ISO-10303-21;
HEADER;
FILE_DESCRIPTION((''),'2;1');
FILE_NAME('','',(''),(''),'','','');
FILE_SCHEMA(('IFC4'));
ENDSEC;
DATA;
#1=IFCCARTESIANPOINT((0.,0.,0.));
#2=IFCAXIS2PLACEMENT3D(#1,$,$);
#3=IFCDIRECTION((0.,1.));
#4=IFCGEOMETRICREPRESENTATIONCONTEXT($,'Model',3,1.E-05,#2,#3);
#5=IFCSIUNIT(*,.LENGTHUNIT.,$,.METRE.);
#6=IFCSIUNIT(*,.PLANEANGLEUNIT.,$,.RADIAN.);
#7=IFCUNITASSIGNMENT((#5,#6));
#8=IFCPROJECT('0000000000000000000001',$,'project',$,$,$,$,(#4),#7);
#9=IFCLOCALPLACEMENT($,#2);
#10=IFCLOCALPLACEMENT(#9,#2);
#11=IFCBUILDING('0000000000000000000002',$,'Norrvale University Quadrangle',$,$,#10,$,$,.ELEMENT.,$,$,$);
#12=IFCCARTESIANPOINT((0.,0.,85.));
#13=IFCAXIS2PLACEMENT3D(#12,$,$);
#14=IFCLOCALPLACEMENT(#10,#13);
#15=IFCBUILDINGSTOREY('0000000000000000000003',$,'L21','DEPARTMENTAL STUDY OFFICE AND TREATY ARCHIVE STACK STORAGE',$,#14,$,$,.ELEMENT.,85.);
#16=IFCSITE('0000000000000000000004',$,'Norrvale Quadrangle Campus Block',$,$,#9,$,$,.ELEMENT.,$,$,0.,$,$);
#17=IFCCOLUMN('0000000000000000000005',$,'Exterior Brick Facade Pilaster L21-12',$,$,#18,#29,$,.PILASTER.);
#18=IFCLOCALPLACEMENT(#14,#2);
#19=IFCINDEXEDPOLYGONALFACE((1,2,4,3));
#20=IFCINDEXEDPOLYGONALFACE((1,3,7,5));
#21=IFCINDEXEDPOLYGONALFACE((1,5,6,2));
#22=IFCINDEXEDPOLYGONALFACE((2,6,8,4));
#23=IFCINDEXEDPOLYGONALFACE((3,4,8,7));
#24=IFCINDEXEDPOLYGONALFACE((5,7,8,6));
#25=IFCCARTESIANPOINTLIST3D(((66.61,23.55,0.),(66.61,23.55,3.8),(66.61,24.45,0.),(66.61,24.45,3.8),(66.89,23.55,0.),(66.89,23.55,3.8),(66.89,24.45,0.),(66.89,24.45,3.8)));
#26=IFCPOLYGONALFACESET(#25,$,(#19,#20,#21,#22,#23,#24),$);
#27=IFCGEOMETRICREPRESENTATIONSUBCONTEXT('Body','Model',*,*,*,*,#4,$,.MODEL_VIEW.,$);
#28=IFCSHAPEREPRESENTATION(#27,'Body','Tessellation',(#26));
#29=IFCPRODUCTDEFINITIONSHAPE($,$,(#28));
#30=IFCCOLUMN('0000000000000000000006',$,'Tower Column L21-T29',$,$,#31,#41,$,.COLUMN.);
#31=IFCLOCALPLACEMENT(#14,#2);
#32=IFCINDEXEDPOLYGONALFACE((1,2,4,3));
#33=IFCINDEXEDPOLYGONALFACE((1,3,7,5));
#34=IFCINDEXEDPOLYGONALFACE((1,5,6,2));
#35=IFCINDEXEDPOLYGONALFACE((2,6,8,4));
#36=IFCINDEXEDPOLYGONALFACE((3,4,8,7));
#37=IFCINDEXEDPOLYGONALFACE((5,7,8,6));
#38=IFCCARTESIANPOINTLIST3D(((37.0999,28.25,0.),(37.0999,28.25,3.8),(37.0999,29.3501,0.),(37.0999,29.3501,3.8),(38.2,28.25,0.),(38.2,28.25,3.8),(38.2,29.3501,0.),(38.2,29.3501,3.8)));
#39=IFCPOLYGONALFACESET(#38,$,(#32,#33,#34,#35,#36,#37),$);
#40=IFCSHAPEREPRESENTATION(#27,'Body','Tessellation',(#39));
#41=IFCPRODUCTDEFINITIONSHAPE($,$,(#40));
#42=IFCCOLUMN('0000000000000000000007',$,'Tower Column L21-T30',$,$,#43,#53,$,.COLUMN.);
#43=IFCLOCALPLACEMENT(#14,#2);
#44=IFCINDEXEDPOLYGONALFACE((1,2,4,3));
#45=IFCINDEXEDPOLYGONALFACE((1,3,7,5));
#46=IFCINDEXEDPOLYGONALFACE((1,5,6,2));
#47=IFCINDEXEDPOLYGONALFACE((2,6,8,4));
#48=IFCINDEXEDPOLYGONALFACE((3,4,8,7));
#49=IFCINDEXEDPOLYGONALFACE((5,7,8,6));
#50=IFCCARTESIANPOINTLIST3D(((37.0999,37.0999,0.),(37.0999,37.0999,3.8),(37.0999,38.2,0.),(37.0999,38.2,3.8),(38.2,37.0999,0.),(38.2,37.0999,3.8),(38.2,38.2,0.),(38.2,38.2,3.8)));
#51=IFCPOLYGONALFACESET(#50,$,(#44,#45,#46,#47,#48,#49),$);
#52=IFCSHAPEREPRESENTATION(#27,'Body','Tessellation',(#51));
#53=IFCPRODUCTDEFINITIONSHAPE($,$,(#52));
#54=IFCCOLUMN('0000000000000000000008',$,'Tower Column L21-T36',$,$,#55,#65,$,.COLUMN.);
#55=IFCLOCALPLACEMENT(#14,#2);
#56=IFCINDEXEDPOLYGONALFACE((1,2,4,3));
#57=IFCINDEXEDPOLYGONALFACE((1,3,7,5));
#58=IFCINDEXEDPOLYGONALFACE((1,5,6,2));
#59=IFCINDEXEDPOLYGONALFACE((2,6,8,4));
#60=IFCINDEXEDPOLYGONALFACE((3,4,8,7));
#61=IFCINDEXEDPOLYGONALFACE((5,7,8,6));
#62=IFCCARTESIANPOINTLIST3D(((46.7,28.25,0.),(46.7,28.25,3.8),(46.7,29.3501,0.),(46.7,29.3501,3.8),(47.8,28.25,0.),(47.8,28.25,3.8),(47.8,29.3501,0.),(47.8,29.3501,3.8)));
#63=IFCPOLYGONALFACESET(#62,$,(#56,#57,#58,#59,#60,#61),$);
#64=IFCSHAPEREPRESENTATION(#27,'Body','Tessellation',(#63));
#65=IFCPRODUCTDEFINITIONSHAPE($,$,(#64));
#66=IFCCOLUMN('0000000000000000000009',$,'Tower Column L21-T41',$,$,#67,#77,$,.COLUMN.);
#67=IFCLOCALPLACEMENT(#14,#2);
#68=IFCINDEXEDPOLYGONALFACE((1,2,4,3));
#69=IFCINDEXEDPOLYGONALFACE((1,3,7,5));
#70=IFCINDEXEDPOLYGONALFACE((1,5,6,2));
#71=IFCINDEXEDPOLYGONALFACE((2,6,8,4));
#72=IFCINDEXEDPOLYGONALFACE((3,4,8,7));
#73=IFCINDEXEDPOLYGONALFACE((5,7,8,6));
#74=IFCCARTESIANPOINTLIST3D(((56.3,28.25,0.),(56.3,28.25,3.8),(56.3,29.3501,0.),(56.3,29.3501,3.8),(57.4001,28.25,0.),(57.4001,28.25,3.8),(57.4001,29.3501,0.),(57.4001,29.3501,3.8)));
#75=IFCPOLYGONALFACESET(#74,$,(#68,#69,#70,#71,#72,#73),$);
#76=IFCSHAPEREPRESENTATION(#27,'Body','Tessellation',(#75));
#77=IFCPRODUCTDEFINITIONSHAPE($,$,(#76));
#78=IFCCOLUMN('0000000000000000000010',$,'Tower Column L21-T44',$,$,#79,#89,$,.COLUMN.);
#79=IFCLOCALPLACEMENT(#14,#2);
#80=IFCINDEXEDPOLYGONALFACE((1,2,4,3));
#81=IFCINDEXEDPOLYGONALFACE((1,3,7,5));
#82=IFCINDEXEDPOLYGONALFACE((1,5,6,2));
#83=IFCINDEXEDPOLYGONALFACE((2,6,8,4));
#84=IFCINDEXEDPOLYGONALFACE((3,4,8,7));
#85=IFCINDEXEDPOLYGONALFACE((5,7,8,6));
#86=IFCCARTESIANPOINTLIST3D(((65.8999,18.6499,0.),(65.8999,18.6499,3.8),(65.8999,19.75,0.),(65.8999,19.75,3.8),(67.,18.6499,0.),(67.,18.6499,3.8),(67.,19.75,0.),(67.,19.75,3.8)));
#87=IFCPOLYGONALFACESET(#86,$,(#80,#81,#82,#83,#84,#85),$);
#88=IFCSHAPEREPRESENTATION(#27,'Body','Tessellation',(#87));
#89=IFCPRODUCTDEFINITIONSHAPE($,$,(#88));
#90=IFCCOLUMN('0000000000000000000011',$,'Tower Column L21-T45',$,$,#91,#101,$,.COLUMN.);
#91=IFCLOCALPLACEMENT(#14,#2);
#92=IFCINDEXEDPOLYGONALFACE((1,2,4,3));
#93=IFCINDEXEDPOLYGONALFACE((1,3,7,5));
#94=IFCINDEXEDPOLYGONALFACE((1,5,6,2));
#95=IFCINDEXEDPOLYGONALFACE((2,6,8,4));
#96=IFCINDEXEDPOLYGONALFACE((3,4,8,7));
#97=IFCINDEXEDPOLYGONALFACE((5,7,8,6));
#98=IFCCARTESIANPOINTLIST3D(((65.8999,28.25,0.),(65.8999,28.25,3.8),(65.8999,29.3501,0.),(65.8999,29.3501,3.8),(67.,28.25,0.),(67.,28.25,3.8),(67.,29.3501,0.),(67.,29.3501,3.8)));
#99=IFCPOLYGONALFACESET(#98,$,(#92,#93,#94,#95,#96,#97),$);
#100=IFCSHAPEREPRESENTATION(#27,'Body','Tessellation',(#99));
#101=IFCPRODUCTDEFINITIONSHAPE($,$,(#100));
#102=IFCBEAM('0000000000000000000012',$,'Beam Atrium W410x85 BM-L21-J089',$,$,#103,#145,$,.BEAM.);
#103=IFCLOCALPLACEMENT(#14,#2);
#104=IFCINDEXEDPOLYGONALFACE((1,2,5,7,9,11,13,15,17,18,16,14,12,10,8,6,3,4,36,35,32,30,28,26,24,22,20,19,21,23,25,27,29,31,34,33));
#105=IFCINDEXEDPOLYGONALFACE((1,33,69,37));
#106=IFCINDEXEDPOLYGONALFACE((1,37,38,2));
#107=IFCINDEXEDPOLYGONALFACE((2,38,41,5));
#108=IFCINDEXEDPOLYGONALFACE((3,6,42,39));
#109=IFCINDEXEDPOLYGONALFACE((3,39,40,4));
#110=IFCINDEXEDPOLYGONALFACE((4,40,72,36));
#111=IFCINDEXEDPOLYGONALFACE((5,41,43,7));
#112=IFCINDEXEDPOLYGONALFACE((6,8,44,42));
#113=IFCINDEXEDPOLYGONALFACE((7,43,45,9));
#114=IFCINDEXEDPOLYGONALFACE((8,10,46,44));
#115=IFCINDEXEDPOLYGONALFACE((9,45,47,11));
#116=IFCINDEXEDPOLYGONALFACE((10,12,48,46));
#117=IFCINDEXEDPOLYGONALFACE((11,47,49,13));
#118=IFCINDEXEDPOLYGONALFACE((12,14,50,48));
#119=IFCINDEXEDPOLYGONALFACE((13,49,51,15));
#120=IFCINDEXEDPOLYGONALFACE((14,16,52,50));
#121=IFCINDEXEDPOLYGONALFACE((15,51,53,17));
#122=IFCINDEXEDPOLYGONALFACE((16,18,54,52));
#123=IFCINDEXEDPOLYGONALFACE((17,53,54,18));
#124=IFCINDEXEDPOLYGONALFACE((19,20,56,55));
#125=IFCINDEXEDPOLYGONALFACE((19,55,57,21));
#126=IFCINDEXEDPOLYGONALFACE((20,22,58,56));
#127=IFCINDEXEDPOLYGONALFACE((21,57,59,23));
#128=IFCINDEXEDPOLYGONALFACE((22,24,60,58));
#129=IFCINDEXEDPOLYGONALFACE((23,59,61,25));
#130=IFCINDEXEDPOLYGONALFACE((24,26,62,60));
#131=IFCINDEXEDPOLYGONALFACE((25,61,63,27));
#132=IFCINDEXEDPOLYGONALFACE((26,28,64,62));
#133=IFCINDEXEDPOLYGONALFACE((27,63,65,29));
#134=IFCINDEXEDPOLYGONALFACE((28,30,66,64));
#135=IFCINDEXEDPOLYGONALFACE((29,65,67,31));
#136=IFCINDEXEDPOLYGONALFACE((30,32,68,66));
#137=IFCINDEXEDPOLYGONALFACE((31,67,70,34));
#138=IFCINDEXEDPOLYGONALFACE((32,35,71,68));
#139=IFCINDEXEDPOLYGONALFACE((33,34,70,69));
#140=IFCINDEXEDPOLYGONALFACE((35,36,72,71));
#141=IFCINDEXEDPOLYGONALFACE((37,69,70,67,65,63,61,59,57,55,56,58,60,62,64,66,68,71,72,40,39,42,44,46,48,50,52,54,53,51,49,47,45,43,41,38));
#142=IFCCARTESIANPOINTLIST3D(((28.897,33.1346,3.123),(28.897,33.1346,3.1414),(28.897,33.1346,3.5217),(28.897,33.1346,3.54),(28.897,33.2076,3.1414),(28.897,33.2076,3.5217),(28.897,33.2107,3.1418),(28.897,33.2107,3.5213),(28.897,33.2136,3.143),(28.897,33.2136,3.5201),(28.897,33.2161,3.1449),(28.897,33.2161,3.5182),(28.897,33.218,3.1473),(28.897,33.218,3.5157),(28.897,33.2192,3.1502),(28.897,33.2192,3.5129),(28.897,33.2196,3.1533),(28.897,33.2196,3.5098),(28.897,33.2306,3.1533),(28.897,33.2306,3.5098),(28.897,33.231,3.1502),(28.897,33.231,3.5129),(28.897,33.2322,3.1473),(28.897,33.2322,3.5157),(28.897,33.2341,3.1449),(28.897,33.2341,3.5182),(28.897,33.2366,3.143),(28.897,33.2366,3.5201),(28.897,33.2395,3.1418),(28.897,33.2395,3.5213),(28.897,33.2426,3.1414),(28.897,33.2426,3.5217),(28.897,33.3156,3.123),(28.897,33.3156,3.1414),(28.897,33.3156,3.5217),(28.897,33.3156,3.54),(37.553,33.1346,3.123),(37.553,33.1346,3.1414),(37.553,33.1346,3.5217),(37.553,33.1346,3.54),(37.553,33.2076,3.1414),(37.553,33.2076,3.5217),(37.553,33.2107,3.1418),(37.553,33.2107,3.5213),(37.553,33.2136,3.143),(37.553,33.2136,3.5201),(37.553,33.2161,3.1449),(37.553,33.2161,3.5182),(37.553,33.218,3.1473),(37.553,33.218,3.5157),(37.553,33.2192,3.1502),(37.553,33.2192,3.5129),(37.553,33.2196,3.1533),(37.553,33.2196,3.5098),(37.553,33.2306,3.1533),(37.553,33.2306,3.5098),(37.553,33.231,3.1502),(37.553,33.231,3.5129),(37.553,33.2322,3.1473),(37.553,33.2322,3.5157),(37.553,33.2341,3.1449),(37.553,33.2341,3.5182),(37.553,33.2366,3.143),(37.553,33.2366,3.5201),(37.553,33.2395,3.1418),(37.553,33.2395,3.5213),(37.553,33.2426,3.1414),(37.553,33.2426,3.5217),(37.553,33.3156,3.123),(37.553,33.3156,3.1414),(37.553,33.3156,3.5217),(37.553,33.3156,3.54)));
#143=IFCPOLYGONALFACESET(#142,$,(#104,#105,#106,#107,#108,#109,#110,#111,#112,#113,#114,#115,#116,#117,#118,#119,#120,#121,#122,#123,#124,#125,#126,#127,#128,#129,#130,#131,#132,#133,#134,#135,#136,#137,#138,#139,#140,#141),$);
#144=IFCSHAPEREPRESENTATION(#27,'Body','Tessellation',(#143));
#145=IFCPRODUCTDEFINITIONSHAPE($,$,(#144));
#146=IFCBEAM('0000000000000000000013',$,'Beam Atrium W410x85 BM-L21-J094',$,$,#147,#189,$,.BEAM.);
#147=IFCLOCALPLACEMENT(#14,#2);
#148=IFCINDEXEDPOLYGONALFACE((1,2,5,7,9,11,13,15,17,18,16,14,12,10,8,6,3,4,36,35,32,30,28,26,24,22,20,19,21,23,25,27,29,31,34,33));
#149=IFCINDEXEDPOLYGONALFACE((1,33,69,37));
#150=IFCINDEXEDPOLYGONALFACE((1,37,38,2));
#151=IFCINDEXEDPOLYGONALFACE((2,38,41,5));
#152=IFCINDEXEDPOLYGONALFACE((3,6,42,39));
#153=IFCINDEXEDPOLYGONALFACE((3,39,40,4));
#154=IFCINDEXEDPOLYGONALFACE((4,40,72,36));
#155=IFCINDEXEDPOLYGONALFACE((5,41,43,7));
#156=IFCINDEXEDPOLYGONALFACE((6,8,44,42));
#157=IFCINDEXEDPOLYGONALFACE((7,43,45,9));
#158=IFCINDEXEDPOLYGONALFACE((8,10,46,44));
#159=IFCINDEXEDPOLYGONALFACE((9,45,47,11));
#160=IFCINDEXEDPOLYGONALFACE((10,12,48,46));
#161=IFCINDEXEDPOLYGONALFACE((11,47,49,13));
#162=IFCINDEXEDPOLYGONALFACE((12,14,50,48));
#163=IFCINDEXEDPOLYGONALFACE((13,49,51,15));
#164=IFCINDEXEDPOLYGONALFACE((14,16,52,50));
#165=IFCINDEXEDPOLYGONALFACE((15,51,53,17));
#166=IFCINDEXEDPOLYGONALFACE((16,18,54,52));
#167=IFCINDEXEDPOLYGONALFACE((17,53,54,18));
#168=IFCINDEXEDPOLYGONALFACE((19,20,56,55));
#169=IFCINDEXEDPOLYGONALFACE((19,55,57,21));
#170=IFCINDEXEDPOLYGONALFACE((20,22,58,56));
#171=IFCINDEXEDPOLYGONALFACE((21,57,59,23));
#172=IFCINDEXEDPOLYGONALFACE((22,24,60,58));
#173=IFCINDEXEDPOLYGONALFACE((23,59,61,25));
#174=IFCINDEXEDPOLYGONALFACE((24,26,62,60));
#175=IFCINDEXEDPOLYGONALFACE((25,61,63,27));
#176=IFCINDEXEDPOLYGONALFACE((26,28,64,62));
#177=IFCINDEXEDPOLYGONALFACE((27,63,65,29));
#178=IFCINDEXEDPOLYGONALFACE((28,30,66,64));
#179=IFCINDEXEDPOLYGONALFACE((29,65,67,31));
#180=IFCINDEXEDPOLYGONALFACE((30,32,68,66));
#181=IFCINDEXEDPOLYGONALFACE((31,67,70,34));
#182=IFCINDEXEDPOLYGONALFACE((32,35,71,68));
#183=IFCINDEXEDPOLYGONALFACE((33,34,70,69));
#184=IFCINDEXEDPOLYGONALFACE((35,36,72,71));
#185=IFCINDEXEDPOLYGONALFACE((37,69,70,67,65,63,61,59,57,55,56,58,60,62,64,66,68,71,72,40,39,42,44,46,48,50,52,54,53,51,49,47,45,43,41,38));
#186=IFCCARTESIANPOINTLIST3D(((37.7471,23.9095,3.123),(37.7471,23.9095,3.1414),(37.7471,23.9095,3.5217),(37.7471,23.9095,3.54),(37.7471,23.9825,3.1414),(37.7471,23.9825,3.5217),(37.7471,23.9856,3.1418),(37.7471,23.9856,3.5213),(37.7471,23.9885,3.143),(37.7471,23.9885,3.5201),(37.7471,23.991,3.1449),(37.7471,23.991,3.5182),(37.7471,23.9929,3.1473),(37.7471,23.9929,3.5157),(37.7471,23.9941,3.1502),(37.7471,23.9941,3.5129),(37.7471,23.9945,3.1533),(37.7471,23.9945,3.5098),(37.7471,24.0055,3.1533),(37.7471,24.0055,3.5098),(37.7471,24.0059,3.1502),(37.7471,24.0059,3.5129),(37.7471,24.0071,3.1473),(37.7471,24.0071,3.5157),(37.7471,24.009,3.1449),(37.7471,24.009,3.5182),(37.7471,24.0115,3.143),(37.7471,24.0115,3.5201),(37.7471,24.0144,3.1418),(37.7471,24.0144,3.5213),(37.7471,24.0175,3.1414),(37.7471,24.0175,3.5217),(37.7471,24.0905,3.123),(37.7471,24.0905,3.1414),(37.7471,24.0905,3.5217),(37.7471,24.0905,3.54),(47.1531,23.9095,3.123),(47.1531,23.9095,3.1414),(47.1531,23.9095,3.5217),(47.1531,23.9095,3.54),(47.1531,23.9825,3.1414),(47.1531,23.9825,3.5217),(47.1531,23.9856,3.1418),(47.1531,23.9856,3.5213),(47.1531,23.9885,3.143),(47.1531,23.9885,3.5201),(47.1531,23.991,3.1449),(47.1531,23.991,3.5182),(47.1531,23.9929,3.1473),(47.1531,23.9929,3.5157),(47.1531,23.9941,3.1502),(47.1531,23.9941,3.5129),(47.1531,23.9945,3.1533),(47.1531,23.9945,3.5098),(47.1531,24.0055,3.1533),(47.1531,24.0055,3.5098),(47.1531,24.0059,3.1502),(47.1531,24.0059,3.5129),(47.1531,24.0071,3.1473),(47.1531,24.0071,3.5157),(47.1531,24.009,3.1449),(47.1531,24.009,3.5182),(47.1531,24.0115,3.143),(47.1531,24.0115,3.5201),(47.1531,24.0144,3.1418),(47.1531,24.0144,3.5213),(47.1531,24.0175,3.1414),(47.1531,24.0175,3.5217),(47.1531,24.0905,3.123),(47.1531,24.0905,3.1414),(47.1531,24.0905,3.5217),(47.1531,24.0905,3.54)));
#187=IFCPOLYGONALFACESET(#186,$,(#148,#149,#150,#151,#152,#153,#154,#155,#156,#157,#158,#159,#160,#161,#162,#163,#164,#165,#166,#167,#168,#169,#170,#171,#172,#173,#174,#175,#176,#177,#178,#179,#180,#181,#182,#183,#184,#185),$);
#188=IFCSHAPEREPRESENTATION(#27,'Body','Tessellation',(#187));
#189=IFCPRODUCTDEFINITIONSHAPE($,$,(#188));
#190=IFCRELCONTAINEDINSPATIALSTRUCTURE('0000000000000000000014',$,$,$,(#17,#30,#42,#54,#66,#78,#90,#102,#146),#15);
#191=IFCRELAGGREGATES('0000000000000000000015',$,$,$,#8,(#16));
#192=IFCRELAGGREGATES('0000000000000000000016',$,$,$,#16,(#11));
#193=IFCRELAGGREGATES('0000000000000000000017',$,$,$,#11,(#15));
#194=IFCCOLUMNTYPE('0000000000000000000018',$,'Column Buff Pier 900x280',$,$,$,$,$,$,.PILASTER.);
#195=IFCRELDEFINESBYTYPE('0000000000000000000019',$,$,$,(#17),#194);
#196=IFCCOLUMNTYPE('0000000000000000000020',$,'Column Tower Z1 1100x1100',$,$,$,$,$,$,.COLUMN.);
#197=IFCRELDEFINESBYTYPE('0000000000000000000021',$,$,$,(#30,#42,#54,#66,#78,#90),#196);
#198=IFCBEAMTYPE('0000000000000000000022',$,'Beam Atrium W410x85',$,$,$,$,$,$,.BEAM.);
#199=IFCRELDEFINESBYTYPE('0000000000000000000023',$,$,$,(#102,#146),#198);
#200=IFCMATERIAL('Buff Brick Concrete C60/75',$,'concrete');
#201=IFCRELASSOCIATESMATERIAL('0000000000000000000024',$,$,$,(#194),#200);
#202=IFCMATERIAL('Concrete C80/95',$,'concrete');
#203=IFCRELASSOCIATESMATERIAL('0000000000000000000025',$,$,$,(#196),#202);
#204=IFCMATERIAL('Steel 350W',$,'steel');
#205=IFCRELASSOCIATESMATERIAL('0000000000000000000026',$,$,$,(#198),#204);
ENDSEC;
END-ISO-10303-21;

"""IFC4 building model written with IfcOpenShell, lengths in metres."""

from ifc_helpers import new_model, si_unit, direction, frame, origin, origin_2d, place, context, subcontext, project, spatial, rectangle, i_section, extrude, material, material_profile, profile_set, type_object, element, save


model = new_model("IFC4")

# Units and contexts
model_context = context("Model", 3, precision=1e-05, world=origin(), true_north=direction((0.0, 1.0)))
body_context = subcontext(model_context, "Body", "Model", "MODEL_VIEW")
ifc_project = project(units=[si_unit("LENGTHUNIT", "METRE"), si_unit("PLANEANGLEUNIT", "RADIAN")], contexts=[model_context])

# Site, building, storey
site_placement = place(None, origin())
site = spatial("IfcSite", under=ifc_project, at=site_placement, Name="Norrvale Quadrangle Campus Block", CompositionType="ELEMENT", RefElevation=0.0)
building_placement = place(site_placement, origin())
building = spatial("IfcBuilding", under=site, at=building_placement, Name="Norrvale University Quadrangle", CompositionType="ELEMENT")
storey_placement = place(building_placement, frame((0.0, 0.0, 85.0)))
storey = spatial("IfcBuildingStorey", under=building, at=storey_placement, Name="L21", Description="DEPARTMENTAL STUDY OFFICE AND TREATY ARCHIVE STACK STORAGE", CompositionType="ELEMENT", Elevation=85.0)

# Columns
ifc_material_1 = material(Name="Buff Brick Concrete C60/75", Category="concrete")
ifc_material_profile_1 = material_profile(ifc_material_1, rectangle(XDim=0.8999, YDim=0.28, at=origin_2d()), Name="Buff Brick Concrete C60/75")
ifc_profile_set_1 = profile_set([ifc_material_profile_1], Name="Buff Brick Concrete C60/75")
column_type_1 = type_object("IfcColumnType", Name="Column Buff Pier 900x280", PredefinedType="PILASTER", material=ifc_profile_set_1)
column_placement = place(storey_placement, frame((66.75, 24.0, 0.0), z_axis=(0.0, 0.0, 1.0), x_axis=(0.0, 1.0, 0.0)))
element("IfcColumn", 1, at=column_placement, inside=storey, type_object=column_type_1, Name="Exterior Brick Facade Pilaster L21-12", PredefinedType="PILASTER", context=body_context, shape_type="SweptSolid", body=[
    extrude(rectangle(XDim=0.8999, YDim=0.28, at=origin_2d()), origin(), (0.0, 0.0, 1.0), 3.8),
])
ifc_material_2 = material(Name="Concrete C80/95", Category="concrete")
ifc_material_profile_2 = material_profile(ifc_material_2, rectangle(XDim=1.1001, YDim=1.1001, at=origin_2d()), Name="Concrete C80/95")
ifc_profile_set_2 = profile_set([ifc_material_profile_2], Name="Concrete C80/95")
column_type_2 = type_object("IfcColumnType", Name="Column Tower Z1 1100x1100", PredefinedType="COLUMN", material=ifc_profile_set_2)
for number, where, z_axis, x_axis, name in (
    (2, (37.6499, 28.8, 0.0), (0.0, 0.0, 1.0), (1.0, 0.0, 0.0), "Tower Column L21-T29"),
    (3, (37.6499, 37.6499, 0.0), (0.0, 0.0, 1.0), (1.0, 0.0, 0.0), "Tower Column L21-T30"),
    (4, (47.25, 28.8, 0.0), (0.0, 0.0, 1.0), (1.0, 0.0, 0.0), "Tower Column L21-T36"),
    (5, (56.8501, 28.8, 0.0), (0.0, 0.0, 1.0), (1.0, 0.0, 0.0), "Tower Column L21-T41"),
    (6, (66.45, 19.2, 0.0), (0.0, 0.0, 1.0), (1.0, 0.0, 0.0), "Tower Column L21-T44"),
    (7, (66.45, 28.8, 0.0), (0.0, 0.0, 1.0), (1.0, 0.0, 0.0), "Tower Column L21-T45"),
):
    element("IfcColumn", number, at=place(storey_placement, frame(where, z_axis=z_axis, x_axis=x_axis)), inside=storey, type_object=column_type_2, Name=name, PredefinedType="COLUMN", context=body_context, shape_type="SweptSolid", body=[
        extrude(rectangle(XDim=1.1001, YDim=1.1001, at=origin_2d()), origin(), (0.0, 0.0, 1.0), 3.8),
    ])

# Beams
ifc_material_3 = material(Name="Steel 350W", Category="steel")
ifc_material_profile_3 = material_profile(ifc_material_3, i_section(OverallWidth=0.1809, OverallDepth=0.417, WebThickness=0.011, FlangeThickness=0.0183, FilletRadius=0.012, at=origin_2d()), Name="Steel 350W")
ifc_profile_set_3 = profile_set([ifc_material_profile_3], Name="Steel 350W")
beam_type_1 = type_object("IfcBeamType", Name="Beam Atrium W410x85", PredefinedType="BEAM", material=ifc_profile_set_3)
beam_1_placement = place(storey_placement, frame((28.897, 33.2251, 3.3315), z_axis=(1.0, 0.0, 0.0), x_axis=(0.0, 1.0, 0.0)))
element("IfcBeam", 8, at=beam_1_placement, inside=storey, type_object=beam_type_1, Name="Beam Atrium W410x85 BM-L21-J089", PredefinedType="BEAM", context=body_context, shape_type="SweptSolid", body=[
    extrude(i_section(OverallWidth=0.1809, OverallDepth=0.417, WebThickness=0.011, FlangeThickness=0.0183, FilletRadius=0.012, at=origin_2d()), origin(), (0.0, 0.0, 1.0), 8.656),
])
for number, where, z_axis, x_axis, name in (
    (9, (37.7471, 24.0, 3.3315), (1.0, 0.0, 0.0), (0.0, 1.0, 0.0), "Beam Atrium W410x85 BM-L21-J094"),
):
    element("IfcBeam", number, at=place(storey_placement, frame(where, z_axis=z_axis, x_axis=x_axis)), inside=storey, type_object=beam_type_1, Name=name, PredefinedType="BEAM", context=body_context, shape_type="SweptSolid", body=[
        extrude(i_section(OverallWidth=0.1809, OverallDepth=0.417, WebThickness=0.011, FlangeThickness=0.0183, FilletRadius=0.012, at=origin_2d()), origin(), (0.0, 0.0, 1.0), 9.406),
    ])

save(model, "model.ifc")
